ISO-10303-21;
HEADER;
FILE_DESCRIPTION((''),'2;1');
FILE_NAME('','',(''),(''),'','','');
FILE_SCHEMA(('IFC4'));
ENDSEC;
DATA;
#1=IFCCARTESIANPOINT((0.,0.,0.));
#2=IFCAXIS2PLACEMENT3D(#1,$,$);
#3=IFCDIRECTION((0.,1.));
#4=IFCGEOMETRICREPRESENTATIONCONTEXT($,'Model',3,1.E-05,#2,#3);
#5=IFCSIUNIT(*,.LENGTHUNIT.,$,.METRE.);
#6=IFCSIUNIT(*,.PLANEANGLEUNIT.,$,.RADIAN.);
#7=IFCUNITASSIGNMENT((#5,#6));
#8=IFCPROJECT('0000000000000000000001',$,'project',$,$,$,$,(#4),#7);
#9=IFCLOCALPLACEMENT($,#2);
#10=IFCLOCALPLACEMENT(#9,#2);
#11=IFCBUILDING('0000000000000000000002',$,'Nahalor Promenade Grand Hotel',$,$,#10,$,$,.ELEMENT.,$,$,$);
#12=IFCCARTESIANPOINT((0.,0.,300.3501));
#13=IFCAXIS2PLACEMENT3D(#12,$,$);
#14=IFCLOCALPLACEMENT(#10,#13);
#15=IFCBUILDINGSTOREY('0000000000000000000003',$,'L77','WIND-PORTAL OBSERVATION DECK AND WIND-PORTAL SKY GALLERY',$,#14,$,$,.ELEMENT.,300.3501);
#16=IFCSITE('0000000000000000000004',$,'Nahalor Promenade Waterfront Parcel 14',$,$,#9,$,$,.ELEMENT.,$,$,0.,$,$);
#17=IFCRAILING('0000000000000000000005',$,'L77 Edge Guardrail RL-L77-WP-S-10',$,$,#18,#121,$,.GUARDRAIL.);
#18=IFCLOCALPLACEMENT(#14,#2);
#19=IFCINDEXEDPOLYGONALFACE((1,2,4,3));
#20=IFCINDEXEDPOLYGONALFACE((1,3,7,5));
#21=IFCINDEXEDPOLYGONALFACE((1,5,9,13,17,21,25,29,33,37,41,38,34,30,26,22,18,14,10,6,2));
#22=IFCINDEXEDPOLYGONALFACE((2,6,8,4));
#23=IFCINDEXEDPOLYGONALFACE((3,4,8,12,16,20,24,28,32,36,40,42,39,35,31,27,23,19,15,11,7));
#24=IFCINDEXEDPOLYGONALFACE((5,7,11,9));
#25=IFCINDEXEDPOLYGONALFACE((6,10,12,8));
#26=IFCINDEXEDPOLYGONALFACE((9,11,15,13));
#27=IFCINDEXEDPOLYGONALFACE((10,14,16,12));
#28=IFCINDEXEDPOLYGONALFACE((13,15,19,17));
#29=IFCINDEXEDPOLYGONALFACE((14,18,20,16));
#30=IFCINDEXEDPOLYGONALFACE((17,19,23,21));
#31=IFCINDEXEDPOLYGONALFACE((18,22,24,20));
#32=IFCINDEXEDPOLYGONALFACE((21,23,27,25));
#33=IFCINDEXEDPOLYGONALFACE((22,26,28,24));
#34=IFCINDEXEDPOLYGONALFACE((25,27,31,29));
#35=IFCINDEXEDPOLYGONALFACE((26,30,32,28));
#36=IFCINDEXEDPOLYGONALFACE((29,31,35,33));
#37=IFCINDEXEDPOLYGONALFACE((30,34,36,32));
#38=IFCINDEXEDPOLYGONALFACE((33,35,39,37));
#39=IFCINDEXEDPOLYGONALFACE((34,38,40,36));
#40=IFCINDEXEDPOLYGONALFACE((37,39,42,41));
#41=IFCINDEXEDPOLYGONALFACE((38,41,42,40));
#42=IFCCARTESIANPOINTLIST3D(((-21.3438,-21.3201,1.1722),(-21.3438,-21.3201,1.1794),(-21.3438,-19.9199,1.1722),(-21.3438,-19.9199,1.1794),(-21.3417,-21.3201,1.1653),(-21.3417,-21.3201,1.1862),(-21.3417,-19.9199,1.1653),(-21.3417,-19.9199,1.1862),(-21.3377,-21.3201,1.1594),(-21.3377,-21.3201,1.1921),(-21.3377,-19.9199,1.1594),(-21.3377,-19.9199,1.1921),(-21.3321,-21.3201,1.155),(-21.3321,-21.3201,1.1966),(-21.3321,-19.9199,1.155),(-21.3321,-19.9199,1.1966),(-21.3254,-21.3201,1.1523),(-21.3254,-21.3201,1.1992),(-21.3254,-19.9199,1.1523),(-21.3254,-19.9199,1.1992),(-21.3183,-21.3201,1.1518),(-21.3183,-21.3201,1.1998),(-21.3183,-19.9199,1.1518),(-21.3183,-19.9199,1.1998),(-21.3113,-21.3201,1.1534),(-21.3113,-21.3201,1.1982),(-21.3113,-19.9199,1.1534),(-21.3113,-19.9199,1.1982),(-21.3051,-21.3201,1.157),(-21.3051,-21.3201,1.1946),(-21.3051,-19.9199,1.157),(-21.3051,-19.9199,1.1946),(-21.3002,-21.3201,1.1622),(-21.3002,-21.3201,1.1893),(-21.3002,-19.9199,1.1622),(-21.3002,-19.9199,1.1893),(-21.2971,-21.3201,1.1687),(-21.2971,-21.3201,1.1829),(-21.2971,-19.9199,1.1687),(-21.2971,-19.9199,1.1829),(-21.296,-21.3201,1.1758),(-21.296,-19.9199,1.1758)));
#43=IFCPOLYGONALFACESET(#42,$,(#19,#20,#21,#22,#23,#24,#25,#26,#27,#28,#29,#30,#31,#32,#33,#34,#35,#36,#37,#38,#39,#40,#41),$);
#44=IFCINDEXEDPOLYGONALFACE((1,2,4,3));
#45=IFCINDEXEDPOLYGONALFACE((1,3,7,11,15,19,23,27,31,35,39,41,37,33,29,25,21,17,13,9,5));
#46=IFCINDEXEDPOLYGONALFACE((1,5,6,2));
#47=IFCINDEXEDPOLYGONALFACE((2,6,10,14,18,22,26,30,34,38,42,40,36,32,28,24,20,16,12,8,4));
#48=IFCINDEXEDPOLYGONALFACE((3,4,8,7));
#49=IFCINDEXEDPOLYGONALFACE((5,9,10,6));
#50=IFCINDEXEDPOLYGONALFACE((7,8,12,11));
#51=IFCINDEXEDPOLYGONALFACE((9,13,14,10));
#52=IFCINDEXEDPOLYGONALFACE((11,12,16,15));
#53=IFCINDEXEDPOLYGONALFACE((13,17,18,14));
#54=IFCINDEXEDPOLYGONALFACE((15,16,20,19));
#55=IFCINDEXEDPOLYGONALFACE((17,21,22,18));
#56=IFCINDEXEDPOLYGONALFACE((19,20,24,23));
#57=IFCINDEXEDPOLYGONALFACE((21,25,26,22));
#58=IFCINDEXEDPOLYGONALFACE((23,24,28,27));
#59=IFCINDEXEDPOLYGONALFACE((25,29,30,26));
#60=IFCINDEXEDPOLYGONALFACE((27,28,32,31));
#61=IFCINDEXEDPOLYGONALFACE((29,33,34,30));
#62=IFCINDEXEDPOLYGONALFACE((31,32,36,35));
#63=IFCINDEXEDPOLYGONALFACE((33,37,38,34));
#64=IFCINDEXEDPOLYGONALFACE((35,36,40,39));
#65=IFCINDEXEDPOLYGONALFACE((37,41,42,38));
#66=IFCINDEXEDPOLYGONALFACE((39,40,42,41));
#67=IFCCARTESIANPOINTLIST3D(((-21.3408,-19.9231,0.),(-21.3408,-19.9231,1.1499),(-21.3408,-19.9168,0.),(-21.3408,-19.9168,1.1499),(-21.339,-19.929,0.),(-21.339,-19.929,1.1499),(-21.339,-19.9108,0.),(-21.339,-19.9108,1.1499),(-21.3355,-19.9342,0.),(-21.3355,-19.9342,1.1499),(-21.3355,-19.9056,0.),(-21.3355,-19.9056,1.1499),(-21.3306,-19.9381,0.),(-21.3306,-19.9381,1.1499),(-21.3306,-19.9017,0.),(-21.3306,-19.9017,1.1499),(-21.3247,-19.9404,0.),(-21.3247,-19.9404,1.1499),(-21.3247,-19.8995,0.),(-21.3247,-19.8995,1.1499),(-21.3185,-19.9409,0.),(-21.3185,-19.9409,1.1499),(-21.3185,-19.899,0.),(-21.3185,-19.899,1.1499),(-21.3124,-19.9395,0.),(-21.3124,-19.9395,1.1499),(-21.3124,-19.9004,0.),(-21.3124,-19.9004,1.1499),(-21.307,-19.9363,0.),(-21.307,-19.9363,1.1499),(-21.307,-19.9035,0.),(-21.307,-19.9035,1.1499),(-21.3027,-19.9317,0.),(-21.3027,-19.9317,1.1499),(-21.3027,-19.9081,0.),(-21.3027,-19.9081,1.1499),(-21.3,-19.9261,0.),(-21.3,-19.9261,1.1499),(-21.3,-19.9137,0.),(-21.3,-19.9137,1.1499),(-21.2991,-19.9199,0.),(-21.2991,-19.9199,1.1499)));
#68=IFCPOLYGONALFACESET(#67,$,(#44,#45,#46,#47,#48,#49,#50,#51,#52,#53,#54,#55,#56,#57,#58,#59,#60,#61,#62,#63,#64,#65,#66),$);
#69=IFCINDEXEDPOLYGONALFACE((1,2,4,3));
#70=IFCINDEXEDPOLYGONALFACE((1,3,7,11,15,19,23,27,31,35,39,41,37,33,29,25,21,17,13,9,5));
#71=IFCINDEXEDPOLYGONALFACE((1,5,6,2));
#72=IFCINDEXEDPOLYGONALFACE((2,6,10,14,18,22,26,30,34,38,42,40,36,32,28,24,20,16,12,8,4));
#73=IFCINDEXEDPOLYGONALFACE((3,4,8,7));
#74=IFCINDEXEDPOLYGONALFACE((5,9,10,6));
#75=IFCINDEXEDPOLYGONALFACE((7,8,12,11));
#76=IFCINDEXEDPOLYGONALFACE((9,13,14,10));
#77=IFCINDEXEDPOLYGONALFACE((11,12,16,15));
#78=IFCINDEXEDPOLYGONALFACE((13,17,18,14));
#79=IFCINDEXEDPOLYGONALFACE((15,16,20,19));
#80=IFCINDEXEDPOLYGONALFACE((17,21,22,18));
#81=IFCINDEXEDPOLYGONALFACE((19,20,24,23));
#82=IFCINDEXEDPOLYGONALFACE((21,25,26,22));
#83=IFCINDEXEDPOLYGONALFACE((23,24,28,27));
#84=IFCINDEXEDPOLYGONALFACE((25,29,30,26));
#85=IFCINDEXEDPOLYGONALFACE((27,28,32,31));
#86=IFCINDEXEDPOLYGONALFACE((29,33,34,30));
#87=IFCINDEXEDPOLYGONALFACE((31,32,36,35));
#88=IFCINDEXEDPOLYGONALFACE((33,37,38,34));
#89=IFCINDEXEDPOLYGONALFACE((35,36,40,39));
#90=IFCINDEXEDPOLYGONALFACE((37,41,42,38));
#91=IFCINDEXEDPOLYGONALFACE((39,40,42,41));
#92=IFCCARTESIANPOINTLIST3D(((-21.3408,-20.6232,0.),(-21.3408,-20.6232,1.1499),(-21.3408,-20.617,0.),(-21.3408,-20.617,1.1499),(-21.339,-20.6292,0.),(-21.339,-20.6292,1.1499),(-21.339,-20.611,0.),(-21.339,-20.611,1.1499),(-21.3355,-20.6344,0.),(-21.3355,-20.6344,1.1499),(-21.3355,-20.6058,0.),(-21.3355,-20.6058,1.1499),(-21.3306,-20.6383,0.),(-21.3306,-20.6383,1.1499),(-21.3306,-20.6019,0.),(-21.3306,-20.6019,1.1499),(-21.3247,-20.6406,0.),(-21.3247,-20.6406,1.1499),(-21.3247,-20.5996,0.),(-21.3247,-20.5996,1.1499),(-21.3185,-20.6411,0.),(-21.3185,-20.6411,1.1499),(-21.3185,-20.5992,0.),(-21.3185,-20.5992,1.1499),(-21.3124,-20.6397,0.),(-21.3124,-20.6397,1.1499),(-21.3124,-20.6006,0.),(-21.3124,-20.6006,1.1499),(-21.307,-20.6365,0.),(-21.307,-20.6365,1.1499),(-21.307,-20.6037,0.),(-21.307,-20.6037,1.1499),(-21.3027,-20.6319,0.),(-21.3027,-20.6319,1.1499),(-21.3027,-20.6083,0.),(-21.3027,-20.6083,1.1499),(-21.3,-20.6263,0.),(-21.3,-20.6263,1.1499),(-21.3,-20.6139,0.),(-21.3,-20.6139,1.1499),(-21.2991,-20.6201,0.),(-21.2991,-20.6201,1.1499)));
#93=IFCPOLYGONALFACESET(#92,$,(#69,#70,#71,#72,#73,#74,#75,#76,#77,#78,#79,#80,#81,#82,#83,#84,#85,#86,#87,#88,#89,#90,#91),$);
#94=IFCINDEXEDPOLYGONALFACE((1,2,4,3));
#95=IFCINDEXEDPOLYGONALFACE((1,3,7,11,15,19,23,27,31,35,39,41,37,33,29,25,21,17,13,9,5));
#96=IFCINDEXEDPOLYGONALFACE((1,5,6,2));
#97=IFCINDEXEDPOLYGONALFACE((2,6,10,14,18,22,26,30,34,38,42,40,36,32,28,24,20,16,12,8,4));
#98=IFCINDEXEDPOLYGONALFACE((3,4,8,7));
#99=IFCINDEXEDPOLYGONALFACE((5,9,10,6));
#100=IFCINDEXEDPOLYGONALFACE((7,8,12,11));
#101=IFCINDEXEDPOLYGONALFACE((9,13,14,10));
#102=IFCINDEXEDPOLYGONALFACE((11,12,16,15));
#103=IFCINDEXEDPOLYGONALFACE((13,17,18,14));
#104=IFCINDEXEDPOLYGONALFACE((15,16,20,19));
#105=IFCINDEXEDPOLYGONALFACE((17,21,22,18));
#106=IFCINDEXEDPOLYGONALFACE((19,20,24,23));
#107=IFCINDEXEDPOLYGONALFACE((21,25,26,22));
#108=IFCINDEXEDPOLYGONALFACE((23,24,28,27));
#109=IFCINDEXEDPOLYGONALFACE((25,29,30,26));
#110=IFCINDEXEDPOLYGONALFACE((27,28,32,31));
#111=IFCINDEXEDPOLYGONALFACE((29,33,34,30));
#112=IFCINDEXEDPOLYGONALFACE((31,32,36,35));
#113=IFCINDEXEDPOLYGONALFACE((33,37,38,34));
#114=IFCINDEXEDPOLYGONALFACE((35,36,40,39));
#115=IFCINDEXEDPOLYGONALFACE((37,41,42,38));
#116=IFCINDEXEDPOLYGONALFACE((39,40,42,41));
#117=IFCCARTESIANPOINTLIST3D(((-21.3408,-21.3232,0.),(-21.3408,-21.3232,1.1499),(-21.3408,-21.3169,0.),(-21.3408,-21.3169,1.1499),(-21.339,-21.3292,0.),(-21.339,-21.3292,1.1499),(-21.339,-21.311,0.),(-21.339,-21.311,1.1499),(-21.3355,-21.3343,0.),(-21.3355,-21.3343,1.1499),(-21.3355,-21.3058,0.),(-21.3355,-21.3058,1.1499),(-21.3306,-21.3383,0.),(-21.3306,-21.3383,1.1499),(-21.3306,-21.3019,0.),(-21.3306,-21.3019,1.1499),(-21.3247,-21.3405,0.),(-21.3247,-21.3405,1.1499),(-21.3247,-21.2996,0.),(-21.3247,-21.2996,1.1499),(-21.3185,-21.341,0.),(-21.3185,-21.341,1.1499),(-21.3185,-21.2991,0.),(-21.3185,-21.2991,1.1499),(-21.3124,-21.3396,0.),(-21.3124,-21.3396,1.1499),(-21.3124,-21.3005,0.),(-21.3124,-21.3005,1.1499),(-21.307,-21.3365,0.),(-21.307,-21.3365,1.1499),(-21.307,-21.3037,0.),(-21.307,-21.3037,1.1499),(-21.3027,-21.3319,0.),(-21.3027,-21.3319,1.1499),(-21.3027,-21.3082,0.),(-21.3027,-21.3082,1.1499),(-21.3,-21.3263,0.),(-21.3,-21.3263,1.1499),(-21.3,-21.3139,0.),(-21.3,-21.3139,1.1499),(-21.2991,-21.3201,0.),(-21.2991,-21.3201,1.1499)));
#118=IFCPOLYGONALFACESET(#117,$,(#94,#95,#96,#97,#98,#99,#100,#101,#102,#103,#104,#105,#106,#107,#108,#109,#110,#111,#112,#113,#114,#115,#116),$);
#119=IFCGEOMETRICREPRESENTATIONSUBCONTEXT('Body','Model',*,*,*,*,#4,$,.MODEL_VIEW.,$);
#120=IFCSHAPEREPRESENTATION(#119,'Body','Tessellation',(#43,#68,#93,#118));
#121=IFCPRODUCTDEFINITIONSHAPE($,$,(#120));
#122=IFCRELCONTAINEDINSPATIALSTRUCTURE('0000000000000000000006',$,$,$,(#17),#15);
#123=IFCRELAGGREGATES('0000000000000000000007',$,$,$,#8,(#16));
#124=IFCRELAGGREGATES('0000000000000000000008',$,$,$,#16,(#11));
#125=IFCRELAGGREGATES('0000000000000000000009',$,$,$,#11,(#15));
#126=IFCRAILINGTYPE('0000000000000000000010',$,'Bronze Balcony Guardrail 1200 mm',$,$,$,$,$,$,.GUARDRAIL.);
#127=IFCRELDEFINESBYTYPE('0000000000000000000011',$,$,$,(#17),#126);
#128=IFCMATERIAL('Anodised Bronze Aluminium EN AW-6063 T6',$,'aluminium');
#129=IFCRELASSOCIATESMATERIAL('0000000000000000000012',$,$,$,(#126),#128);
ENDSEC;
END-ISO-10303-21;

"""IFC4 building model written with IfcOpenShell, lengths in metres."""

from ifc_helpers import new_model, si_unit, direction, frame, origin, origin_2d, place, context, subcontext, project, spatial, circle, extrude, material, type_object, element, save


model = new_model("IFC4")

# Units and contexts
model_context = context("Model", 3, precision=1e-05, world=origin(), true_north=direction((0.0, 1.0)))
body_context = subcontext(model_context, "Body", "Model", "MODEL_VIEW")
ifc_project = project(units=[si_unit("LENGTHUNIT", "METRE"), si_unit("PLANEANGLEUNIT", "RADIAN")], contexts=[model_context])

# Site, building, storey
site_placement = place(None, origin())
site = spatial("IfcSite", under=ifc_project, at=site_placement, Name="Nahalor Promenade Waterfront Parcel 14", CompositionType="ELEMENT", RefElevation=0.0)
building_placement = place(site_placement, origin())
building = spatial("IfcBuilding", under=site, at=building_placement, Name="Nahalor Promenade Grand Hotel", CompositionType="ELEMENT")
storey_placement = place(building_placement, frame((0.0, 0.0, 300.3501)))
storey = spatial("IfcBuildingStorey", under=building, at=storey_placement, Name="L77", Description="WIND-PORTAL OBSERVATION DECK AND WIND-PORTAL SKY GALLERY", CompositionType="ELEMENT", Elevation=300.3501)

# Railing
ifc_material_1 = material(Name="Anodised Bronze Aluminium EN AW-6063 T6", Category="aluminium")
railing_type = type_object("IfcRailingType", Name="Bronze Balcony Guardrail 1200 mm", PredefinedType="GUARDRAIL", material=ifc_material_1)
railing_1_placement = place(storey_placement, frame((-21.3201, -19.9199, 0.0)))
element("IfcRailing", 1, at=railing_1_placement, inside=storey, type_object=railing_type, Name="L77 Edge Guardrail RL-L77-WP-S-10", PredefinedType="GUARDRAIL", context=body_context, shape_type="SweptSolid", body=[
    extrude(circle(Radius=0.024, at=origin_2d()), frame((0.0, 0.0, 1.1758), z_axis=(0.0, -1.0, 0.0), x_axis=(1.0, 0.0, 0.0)), (0.0, 0.0, 1.0), 1.4001),
    extrude(circle(Radius=0.021, at=origin_2d()), origin(), (0.0, 0.0, 1.0), 1.1499),
    extrude(circle(Radius=0.021, at=origin_2d()), frame((0.0, -0.7002, 0.0)), (0.0, 0.0, 1.0), 1.1499),
    extrude(circle(Radius=0.021, at=origin_2d()), frame((0.0, -1.4001, 0.0)), (0.0, 0.0, 1.0), 1.1499),
])

save(model, "model.ifc")
